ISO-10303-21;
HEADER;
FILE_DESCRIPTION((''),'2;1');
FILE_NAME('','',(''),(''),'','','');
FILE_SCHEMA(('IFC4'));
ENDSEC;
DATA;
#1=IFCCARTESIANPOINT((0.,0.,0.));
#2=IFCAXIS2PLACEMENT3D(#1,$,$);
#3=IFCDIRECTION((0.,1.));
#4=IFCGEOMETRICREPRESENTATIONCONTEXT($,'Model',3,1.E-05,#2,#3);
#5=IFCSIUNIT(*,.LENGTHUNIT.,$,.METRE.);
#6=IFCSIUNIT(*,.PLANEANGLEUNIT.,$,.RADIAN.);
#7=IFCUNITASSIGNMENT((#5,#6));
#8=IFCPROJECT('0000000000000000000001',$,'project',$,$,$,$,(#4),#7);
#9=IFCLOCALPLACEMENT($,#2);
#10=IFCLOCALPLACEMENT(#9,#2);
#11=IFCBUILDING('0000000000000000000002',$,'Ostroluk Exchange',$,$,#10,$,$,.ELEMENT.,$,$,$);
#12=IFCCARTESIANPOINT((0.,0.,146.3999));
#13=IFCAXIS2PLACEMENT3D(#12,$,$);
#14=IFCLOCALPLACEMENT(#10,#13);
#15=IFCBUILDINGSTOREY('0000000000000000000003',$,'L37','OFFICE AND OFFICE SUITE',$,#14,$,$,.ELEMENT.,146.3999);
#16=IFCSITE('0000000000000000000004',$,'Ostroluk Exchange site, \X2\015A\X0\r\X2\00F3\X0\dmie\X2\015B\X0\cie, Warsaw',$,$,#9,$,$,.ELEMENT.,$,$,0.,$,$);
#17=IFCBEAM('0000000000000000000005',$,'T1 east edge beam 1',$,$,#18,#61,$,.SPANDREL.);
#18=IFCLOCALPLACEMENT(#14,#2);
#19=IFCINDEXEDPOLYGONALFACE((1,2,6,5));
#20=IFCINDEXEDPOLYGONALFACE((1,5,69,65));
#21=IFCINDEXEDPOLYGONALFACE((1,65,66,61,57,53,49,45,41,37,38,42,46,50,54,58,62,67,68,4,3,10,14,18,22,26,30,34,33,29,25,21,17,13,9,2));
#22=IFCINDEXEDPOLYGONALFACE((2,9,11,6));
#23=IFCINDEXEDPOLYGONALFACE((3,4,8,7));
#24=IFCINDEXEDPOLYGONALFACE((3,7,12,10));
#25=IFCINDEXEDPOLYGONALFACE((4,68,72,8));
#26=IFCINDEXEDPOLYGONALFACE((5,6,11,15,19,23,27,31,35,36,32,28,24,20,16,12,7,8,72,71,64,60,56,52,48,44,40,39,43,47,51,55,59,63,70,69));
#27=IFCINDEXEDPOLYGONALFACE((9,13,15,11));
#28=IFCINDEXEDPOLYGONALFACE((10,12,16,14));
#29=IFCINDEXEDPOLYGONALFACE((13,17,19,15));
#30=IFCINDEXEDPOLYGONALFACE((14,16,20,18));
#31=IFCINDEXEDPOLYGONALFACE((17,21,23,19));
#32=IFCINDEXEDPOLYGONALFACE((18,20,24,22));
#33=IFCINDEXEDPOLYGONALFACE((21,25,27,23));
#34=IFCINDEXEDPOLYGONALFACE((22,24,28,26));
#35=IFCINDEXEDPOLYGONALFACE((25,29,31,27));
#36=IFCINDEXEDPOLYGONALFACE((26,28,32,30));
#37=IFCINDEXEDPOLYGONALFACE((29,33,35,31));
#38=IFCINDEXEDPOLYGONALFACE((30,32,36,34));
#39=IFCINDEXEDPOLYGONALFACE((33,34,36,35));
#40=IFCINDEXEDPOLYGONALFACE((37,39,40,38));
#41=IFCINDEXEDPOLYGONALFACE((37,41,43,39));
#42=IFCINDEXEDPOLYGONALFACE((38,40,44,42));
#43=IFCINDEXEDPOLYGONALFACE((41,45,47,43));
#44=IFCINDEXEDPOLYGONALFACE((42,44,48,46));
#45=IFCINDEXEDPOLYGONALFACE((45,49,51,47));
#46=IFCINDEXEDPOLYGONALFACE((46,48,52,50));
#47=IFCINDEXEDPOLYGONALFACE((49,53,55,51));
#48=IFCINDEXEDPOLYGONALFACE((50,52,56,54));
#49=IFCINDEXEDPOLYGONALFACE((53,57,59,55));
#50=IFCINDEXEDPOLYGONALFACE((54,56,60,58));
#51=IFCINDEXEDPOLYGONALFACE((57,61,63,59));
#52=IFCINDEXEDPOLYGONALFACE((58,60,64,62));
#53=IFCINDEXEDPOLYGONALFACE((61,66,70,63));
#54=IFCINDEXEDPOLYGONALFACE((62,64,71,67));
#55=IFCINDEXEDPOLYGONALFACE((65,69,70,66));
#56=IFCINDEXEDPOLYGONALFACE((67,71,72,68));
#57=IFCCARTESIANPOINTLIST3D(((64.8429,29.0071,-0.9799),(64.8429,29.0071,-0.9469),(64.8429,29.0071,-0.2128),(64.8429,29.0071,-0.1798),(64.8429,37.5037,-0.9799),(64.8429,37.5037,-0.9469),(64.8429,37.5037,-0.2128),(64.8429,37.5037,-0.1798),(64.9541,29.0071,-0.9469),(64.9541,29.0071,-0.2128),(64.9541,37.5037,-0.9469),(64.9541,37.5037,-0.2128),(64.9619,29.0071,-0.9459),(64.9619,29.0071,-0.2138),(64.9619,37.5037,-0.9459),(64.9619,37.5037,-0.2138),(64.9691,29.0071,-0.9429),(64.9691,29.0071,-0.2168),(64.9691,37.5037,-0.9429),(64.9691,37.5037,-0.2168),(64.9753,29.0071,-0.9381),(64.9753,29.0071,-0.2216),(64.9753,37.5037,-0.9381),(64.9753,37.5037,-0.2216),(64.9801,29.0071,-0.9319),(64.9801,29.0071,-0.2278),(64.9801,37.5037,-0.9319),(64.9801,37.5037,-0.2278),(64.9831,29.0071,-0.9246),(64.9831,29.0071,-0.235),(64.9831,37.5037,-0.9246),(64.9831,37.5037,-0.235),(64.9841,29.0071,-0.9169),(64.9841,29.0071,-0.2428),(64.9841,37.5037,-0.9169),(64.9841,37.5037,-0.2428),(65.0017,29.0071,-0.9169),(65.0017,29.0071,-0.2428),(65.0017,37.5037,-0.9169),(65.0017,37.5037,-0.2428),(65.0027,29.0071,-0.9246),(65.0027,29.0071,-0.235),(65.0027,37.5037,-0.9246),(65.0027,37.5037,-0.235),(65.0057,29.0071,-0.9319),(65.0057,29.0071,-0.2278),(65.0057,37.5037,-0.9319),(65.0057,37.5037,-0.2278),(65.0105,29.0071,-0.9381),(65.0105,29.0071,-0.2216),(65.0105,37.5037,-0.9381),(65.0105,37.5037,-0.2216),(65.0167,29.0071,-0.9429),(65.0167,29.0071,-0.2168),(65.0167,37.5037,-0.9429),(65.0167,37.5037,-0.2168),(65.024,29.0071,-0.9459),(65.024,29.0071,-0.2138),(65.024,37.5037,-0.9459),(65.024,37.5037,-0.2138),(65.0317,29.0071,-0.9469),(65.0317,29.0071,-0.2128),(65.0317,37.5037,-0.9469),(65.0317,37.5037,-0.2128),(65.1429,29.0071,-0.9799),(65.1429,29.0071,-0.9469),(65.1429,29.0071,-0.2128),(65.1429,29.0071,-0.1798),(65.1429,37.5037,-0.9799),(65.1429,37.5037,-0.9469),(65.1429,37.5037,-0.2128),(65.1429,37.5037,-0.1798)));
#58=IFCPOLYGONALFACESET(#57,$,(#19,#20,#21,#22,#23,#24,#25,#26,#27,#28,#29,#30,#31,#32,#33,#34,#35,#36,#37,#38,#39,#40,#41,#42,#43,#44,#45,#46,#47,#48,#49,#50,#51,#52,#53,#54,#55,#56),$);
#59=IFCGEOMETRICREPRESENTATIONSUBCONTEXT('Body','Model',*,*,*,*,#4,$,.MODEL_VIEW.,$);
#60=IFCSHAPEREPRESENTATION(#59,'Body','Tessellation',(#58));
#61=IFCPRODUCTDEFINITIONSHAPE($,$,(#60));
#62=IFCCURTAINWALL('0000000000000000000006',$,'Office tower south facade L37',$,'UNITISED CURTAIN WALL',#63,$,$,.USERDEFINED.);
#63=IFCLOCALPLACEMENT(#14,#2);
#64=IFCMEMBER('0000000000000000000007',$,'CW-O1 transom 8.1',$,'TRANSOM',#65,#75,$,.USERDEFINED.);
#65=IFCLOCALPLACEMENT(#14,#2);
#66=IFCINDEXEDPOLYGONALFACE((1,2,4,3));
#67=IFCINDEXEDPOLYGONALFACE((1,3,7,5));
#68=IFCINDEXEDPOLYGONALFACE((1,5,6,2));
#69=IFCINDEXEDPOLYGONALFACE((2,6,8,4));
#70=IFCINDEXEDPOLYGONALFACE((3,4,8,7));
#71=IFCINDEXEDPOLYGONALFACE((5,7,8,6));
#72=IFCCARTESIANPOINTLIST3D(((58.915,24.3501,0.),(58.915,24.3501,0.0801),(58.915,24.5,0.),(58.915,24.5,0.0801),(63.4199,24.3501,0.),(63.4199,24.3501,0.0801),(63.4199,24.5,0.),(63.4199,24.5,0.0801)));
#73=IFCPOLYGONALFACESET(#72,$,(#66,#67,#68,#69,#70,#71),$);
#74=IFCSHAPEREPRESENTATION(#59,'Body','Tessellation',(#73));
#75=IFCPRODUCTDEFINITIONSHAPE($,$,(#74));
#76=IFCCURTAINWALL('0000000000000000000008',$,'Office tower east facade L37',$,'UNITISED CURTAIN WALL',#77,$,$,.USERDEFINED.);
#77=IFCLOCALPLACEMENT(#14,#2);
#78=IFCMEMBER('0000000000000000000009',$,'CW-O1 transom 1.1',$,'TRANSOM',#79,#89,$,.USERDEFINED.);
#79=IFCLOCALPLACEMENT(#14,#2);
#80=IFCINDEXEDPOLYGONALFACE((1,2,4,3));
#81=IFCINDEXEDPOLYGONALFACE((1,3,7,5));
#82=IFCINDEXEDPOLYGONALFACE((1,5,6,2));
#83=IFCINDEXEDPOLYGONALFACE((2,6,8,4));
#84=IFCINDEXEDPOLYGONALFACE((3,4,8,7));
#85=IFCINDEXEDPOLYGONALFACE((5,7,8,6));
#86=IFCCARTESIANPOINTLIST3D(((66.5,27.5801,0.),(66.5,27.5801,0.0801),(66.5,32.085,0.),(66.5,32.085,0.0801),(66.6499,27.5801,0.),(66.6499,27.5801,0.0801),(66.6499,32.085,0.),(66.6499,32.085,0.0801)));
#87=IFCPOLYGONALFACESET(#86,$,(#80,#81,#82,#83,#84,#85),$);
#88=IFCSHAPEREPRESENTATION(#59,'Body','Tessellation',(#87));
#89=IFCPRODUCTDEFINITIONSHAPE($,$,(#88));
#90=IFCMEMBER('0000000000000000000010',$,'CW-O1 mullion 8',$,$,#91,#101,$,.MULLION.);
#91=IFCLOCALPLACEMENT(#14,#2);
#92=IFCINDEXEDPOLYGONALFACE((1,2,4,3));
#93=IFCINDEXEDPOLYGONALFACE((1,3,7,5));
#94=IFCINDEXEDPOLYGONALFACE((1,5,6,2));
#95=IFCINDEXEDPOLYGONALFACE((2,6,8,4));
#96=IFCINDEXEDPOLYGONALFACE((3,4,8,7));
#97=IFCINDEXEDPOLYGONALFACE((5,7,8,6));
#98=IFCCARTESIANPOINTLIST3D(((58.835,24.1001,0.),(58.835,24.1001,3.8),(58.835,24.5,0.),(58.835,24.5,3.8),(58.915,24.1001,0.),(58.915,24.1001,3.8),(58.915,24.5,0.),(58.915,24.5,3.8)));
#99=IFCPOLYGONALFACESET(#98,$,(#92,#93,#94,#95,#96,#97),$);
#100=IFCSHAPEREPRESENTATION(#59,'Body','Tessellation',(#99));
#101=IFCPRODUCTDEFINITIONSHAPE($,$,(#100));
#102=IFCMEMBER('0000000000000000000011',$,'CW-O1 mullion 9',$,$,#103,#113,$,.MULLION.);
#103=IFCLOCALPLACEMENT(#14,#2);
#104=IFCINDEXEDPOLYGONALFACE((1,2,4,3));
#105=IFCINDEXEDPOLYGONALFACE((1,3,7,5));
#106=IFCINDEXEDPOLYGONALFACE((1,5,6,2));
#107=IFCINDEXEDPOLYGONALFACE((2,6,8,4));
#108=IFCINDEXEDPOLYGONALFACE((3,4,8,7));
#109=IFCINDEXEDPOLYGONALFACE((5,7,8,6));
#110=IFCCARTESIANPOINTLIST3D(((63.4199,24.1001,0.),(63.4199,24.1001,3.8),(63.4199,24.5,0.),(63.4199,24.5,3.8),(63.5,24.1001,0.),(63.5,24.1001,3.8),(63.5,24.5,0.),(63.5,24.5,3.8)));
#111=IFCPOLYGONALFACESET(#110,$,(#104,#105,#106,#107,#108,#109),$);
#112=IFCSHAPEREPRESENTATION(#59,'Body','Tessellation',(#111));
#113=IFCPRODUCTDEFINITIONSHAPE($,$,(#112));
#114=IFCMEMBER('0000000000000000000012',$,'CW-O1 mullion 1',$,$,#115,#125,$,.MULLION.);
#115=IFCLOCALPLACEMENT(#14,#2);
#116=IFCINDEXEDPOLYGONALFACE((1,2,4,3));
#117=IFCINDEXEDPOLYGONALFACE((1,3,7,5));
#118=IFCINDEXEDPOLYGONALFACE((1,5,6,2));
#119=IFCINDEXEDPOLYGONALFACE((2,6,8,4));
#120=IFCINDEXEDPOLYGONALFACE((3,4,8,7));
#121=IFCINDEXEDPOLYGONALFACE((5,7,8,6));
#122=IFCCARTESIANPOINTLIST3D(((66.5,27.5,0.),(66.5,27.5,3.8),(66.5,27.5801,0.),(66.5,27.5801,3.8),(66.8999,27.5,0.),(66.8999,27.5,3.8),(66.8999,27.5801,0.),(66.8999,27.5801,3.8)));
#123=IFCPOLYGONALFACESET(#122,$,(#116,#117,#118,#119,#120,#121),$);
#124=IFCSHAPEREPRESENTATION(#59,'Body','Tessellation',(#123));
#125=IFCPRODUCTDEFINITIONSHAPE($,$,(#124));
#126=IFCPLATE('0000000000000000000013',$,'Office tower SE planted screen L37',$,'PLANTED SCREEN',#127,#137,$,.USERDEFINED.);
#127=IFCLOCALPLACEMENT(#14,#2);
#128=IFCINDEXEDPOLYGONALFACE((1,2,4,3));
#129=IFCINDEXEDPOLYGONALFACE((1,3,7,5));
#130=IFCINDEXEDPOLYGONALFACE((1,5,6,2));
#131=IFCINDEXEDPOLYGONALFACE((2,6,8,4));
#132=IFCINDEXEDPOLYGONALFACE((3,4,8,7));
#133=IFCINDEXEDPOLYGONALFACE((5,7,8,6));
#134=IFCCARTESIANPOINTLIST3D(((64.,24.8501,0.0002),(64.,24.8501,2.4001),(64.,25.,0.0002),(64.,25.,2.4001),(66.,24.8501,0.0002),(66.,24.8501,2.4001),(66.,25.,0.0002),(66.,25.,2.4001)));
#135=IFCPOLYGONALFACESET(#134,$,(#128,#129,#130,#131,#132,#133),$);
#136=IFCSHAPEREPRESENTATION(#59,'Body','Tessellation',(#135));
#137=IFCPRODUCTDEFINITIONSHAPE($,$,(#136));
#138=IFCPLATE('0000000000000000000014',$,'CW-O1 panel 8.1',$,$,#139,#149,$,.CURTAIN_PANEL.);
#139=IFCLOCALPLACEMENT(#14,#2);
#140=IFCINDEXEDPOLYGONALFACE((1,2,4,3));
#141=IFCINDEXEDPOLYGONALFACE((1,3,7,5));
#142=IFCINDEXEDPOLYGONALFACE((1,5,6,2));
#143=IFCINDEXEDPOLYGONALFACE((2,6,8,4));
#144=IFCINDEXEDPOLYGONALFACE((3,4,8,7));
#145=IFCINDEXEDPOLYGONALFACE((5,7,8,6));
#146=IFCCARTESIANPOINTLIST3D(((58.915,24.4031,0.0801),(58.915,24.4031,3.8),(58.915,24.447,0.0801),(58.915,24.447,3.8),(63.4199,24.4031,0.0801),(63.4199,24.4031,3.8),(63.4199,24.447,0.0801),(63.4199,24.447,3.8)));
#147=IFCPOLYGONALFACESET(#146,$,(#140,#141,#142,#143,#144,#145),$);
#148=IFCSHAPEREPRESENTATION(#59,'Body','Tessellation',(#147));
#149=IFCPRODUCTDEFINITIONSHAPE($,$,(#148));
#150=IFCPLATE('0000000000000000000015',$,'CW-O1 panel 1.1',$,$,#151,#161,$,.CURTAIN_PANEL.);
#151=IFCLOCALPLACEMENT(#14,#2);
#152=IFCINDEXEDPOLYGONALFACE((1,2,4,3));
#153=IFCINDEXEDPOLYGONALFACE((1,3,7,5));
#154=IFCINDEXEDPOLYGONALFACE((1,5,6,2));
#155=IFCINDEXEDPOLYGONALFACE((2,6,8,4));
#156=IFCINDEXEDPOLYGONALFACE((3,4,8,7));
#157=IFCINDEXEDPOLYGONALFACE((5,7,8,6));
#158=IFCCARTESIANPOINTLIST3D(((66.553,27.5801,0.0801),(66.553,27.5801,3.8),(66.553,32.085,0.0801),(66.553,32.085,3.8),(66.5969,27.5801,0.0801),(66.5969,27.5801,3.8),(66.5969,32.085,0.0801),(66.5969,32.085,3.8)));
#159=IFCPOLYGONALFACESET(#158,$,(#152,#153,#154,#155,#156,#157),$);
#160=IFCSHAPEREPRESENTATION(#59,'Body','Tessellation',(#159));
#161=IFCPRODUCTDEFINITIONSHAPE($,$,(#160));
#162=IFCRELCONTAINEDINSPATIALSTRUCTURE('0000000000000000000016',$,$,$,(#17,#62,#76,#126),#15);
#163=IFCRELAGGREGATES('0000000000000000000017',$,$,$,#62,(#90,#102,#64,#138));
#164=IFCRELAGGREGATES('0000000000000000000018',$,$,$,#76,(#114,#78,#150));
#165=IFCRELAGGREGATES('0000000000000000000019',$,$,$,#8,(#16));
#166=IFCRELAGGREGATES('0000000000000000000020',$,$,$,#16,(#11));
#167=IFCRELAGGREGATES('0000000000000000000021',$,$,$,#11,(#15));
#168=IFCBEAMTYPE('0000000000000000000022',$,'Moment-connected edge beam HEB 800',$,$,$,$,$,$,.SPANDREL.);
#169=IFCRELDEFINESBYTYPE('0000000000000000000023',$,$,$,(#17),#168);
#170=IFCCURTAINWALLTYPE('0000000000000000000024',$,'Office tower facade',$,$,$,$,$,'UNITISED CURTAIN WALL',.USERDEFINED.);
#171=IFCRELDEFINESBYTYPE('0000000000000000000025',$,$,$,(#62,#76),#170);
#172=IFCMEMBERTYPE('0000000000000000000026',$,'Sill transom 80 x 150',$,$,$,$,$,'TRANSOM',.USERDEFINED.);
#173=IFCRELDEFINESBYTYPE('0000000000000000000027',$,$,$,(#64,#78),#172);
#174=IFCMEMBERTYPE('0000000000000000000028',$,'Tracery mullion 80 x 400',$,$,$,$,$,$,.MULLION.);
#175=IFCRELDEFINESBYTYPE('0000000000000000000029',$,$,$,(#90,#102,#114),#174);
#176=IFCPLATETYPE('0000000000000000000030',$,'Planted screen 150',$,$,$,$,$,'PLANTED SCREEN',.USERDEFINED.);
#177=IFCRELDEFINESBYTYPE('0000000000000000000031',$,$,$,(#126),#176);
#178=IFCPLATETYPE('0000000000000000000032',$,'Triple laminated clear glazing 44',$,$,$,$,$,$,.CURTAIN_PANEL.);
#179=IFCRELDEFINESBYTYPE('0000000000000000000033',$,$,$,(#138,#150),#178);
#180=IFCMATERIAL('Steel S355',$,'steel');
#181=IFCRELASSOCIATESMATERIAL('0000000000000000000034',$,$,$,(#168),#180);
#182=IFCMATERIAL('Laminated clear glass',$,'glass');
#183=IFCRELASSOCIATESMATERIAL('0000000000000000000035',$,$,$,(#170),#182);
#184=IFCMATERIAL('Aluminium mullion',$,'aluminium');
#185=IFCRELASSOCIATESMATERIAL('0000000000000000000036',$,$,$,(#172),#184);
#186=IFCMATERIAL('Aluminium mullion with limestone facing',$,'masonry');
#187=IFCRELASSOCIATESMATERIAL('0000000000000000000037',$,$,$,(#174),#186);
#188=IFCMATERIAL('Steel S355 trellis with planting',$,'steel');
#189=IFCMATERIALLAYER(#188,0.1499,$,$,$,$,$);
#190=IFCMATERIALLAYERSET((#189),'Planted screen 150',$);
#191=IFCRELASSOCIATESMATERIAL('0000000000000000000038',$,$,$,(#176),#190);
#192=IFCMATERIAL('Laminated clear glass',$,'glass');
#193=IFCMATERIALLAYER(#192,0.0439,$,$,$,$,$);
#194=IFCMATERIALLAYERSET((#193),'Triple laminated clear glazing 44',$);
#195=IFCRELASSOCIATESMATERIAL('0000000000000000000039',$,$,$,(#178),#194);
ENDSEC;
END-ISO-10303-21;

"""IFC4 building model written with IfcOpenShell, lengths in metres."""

from ifc_helpers import new_model, si_unit, direction, frame, origin, origin_2d, place, context, subcontext, project, spatial, rectangle, i_section, extrude, material, layer, layer_set, material_profile, profile_set, type_object, element, aggregate, save


model = new_model("IFC4")

# Units and contexts
model_context = context("Model", 3, precision=1e-05, world=origin(), true_north=direction((0.0, 1.0)))
body_context = subcontext(model_context, "Body", "Model", "MODEL_VIEW")
ifc_project = project(units=[si_unit("LENGTHUNIT", "METRE"), si_unit("PLANEANGLEUNIT", "RADIAN")], contexts=[model_context])

# Site, building, storey
site_placement = place(None, origin())
site = spatial("IfcSite", under=ifc_project, at=site_placement, Name="Ostroluk Exchange site, Śródmieście, Warsaw", CompositionType="ELEMENT", RefElevation=0.0)
building_placement = place(site_placement, origin())
building = spatial("IfcBuilding", under=site, at=building_placement, Name="Ostroluk Exchange", CompositionType="ELEMENT")
storey_placement = place(building_placement, frame((0.0, 0.0, 146.3999)))
storey = spatial("IfcBuildingStorey", under=building, at=storey_placement, Name="L37", Description="OFFICE AND OFFICE SUITE", CompositionType="ELEMENT", Elevation=146.3999)

# Beam
ifc_material_1 = material(Name="Steel S355", Category="steel")
ifc_material_profile_1 = material_profile(ifc_material_1, i_section(OverallWidth=0.3, OverallDepth=0.8, WebThickness=0.0176, FlangeThickness=0.033, FilletRadius=0.03, at=origin_2d()), Name="HEB 800")
ifc_profile_set_1 = profile_set([ifc_material_profile_1], Name="Steel S355")
beam_type_1 = type_object("IfcBeamType", Name="Moment-connected edge beam HEB 800", PredefinedType="SPANDREL", material=ifc_profile_set_1)
beam_placement = place(storey_placement, frame((64.9929, 29.0071, -0.5798), z_axis=(0.0, 1.0, 0.0), x_axis=(-1.0, 0.0, 0.0)))
element("IfcBeam", 1, at=beam_placement, inside=storey, type_object=beam_type_1, Name="T1 east edge beam 1", PredefinedType="SPANDREL", context=body_context, shape_type="SweptSolid", body=[
    extrude(i_section(OverallWidth=0.3, OverallDepth=0.8, WebThickness=0.0176, FlangeThickness=0.033, FilletRadius=0.03, at=origin_2d()), origin(), (0.0, 0.0, 1.0), 8.4966),
])

# Curtain walls, members
ifc_material_2 = material(Name="Laminated clear glass", Category="glass")
curtain_wall_type = type_object("IfcCurtainWallType", Name="Office tower facade", ElementType="UNITISED CURTAIN WALL", PredefinedType="USERDEFINED", material=ifc_material_2)
curtain_wall_1_placement = place(storey_placement, origin())
curtain_wall_1 = element("IfcCurtainWall", 2, at=curtain_wall_1_placement, inside=storey, type_object=curtain_wall_type, Name="Office tower south facade L37", ObjectType="UNITISED CURTAIN WALL", PredefinedType="USERDEFINED")
ifc_material_3 = material(Name="Aluminium mullion", Category="aluminium")
ifc_material_profile_2 = material_profile(ifc_material_3, rectangle(XDim=0.1499, YDim=0.0801, at=origin_2d()), Name="Sill transom 80 x 150")
ifc_profile_set_2 = profile_set([ifc_material_profile_2], Name="Aluminium mullion")
member_type_1 = type_object("IfcMemberType", Name="Sill transom 80 x 150", ElementType="TRANSOM", PredefinedType="USERDEFINED", material=ifc_profile_set_2)
member_1_placement = place(storey_placement, frame((58.915, 24.425, 0.04), z_axis=(1.0, 0.0, 0.0), x_axis=(0.0, 1.0, 0.0)))
member_1 = element("IfcMember", 3, at=member_1_placement, type_object=member_type_1, Name="CW-O1 transom 8.1", ObjectType="TRANSOM", PredefinedType="USERDEFINED", context=body_context, shape_type="SweptSolid", body=[
    extrude(rectangle(XDim=0.1499, YDim=0.0801, at=origin_2d()), origin(), (0.0, 0.0, 1.0), 4.5049),
])
curtain_wall_2_placement = place(storey_placement, origin())
curtain_wall_2 = element("IfcCurtainWall", 4, at=curtain_wall_2_placement, inside=storey, type_object=curtain_wall_type, Name="Office tower east facade L37", ObjectType="UNITISED CURTAIN WALL", PredefinedType="USERDEFINED")
member_2_placement = place(storey_placement, frame((66.575, 27.5801, 0.04), z_axis=(0.0, 1.0, 0.0), x_axis=(-1.0, 0.0, 0.0)))
member_2 = element("IfcMember", 5, at=member_2_placement, type_object=member_type_1, Name="CW-O1 transom 1.1", ObjectType="TRANSOM", PredefinedType="USERDEFINED", context=body_context, shape_type="SweptSolid", body=[
    extrude(rectangle(XDim=0.1499, YDim=0.0801, at=origin_2d()), origin(), (0.0, 0.0, 1.0), 4.5049),
])

# Members
ifc_material_4 = material(Name="Aluminium mullion with limestone facing", Category="masonry")
ifc_material_profile_3 = material_profile(ifc_material_4, rectangle(XDim=0.3999, YDim=0.0801, at=origin_2d()), Name="Tracery mullion 80 x 400")
ifc_profile_set_3 = profile_set([ifc_material_profile_3], Name="Aluminium mullion with limestone facing")
member_type_2 = type_object("IfcMemberType", Name="Tracery mullion 80 x 400", PredefinedType="MULLION", material=ifc_profile_set_3)
member_3_placement = place(storey_placement, frame((58.875, 24.3, 0.0), z_axis=(0.0, 0.0, 1.0), x_axis=(0.0, 1.0, 0.0)))
member_3 = element("IfcMember", 6, at=member_3_placement, type_object=member_type_2, Name="CW-O1 mullion 8", PredefinedType="MULLION", context=body_context, shape_type="SweptSolid", body=[
    extrude(rectangle(XDim=0.3999, YDim=0.0801, at=origin_2d()), origin(), (0.0, 0.0, 1.0), 3.8),
])
member_4_placement = place(storey_placement, frame((63.46, 24.3, 0.0), z_axis=(0.0, 0.0, 1.0), x_axis=(0.0, 1.0, 0.0)))
member_4 = element("IfcMember", 7, at=member_4_placement, type_object=member_type_2, Name="CW-O1 mullion 9", PredefinedType="MULLION", context=body_context, shape_type="SweptSolid", body=[
    extrude(rectangle(XDim=0.3999, YDim=0.0801, at=origin_2d()), origin(), (0.0, 0.0, 1.0), 3.8),
])
member_5_placement = place(storey_placement, frame((66.7, 27.54, 0.0), z_axis=(0.0, 0.0, 1.0), x_axis=(-1.0, 0.0, 0.0)))
member_5 = element("IfcMember", 8, at=member_5_placement, type_object=member_type_2, Name="CW-O1 mullion 1", PredefinedType="MULLION", context=body_context, shape_type="SweptSolid", body=[
    extrude(rectangle(XDim=0.3999, YDim=0.0801, at=origin_2d()), origin(), (0.0, 0.0, 1.0), 3.8),
])

# Plates
ifc_material_5 = material(Name="Steel S355 trellis with planting", Category="steel")
ifc_layer_1 = layer(ifc_material_5, 0.1499)
ifc_layer_set_1 = layer_set([ifc_layer_1], Name="Planted screen 150")
plate_type_1 = type_object("IfcPlateType", Name="Planted screen 150", ElementType="PLANTED SCREEN", PredefinedType="USERDEFINED", material=ifc_layer_set_1)
plate_1_placement = place(storey_placement, frame((65.0, 24.925, 0.0002), z_axis=(0.0, 0.0, 1.0), x_axis=(1.0, 0.0, 0.0)))
element("IfcPlate", 9, at=plate_1_placement, inside=storey, type_object=plate_type_1, Name="Office tower SE planted screen L37", ObjectType="PLANTED SCREEN", PredefinedType="USERDEFINED", context=body_context, shape_type="SweptSolid", body=[
    extrude(rectangle(XDim=2.0, YDim=0.1499, at=origin_2d()), origin(), (0.0, 0.0, 1.0), 2.3999),
])
ifc_material_6 = material(Name="Laminated clear glass", Category="glass")
ifc_layer_2 = layer(ifc_material_6, 0.0439)
ifc_layer_set_2 = layer_set([ifc_layer_2], Name="Triple laminated clear glazing 44")
plate_type_2 = type_object("IfcPlateType", Name="Triple laminated clear glazing 44", PredefinedType="CURTAIN_PANEL", material=ifc_layer_set_2)
plate_2_placement = place(storey_placement, frame((61.1675, 24.425, 0.0801), z_axis=(0.0, 0.0, 1.0), x_axis=(1.0, 0.0, 0.0)))
plate_2 = element("IfcPlate", 10, at=plate_2_placement, type_object=plate_type_2, Name="CW-O1 panel 8.1", PredefinedType="CURTAIN_PANEL", context=body_context, shape_type="SweptSolid", body=[
    extrude(rectangle(XDim=4.5049, YDim=0.0439, at=origin_2d()), origin(), (0.0, 0.0, 1.0), 3.72),
])
aggregate(curtain_wall_1, [member_3, member_4, member_1, plate_2])
plate_3_placement = place(storey_placement, frame((66.575, 29.8325, 0.0801), z_axis=(0.0, 0.0, 1.0), x_axis=(0.0, 1.0, 0.0)))
plate_3 = element("IfcPlate", 11, at=plate_3_placement, type_object=plate_type_2, Name="CW-O1 panel 1.1", PredefinedType="CURTAIN_PANEL", context=body_context, shape_type="SweptSolid", body=[
    extrude(rectangle(XDim=4.5049, YDim=0.0439, at=origin_2d()), origin(), (0.0, 0.0, 1.0), 3.72),
])
aggregate(curtain_wall_2, [member_5, member_2, plate_3])

save(model, "model.ifc")
